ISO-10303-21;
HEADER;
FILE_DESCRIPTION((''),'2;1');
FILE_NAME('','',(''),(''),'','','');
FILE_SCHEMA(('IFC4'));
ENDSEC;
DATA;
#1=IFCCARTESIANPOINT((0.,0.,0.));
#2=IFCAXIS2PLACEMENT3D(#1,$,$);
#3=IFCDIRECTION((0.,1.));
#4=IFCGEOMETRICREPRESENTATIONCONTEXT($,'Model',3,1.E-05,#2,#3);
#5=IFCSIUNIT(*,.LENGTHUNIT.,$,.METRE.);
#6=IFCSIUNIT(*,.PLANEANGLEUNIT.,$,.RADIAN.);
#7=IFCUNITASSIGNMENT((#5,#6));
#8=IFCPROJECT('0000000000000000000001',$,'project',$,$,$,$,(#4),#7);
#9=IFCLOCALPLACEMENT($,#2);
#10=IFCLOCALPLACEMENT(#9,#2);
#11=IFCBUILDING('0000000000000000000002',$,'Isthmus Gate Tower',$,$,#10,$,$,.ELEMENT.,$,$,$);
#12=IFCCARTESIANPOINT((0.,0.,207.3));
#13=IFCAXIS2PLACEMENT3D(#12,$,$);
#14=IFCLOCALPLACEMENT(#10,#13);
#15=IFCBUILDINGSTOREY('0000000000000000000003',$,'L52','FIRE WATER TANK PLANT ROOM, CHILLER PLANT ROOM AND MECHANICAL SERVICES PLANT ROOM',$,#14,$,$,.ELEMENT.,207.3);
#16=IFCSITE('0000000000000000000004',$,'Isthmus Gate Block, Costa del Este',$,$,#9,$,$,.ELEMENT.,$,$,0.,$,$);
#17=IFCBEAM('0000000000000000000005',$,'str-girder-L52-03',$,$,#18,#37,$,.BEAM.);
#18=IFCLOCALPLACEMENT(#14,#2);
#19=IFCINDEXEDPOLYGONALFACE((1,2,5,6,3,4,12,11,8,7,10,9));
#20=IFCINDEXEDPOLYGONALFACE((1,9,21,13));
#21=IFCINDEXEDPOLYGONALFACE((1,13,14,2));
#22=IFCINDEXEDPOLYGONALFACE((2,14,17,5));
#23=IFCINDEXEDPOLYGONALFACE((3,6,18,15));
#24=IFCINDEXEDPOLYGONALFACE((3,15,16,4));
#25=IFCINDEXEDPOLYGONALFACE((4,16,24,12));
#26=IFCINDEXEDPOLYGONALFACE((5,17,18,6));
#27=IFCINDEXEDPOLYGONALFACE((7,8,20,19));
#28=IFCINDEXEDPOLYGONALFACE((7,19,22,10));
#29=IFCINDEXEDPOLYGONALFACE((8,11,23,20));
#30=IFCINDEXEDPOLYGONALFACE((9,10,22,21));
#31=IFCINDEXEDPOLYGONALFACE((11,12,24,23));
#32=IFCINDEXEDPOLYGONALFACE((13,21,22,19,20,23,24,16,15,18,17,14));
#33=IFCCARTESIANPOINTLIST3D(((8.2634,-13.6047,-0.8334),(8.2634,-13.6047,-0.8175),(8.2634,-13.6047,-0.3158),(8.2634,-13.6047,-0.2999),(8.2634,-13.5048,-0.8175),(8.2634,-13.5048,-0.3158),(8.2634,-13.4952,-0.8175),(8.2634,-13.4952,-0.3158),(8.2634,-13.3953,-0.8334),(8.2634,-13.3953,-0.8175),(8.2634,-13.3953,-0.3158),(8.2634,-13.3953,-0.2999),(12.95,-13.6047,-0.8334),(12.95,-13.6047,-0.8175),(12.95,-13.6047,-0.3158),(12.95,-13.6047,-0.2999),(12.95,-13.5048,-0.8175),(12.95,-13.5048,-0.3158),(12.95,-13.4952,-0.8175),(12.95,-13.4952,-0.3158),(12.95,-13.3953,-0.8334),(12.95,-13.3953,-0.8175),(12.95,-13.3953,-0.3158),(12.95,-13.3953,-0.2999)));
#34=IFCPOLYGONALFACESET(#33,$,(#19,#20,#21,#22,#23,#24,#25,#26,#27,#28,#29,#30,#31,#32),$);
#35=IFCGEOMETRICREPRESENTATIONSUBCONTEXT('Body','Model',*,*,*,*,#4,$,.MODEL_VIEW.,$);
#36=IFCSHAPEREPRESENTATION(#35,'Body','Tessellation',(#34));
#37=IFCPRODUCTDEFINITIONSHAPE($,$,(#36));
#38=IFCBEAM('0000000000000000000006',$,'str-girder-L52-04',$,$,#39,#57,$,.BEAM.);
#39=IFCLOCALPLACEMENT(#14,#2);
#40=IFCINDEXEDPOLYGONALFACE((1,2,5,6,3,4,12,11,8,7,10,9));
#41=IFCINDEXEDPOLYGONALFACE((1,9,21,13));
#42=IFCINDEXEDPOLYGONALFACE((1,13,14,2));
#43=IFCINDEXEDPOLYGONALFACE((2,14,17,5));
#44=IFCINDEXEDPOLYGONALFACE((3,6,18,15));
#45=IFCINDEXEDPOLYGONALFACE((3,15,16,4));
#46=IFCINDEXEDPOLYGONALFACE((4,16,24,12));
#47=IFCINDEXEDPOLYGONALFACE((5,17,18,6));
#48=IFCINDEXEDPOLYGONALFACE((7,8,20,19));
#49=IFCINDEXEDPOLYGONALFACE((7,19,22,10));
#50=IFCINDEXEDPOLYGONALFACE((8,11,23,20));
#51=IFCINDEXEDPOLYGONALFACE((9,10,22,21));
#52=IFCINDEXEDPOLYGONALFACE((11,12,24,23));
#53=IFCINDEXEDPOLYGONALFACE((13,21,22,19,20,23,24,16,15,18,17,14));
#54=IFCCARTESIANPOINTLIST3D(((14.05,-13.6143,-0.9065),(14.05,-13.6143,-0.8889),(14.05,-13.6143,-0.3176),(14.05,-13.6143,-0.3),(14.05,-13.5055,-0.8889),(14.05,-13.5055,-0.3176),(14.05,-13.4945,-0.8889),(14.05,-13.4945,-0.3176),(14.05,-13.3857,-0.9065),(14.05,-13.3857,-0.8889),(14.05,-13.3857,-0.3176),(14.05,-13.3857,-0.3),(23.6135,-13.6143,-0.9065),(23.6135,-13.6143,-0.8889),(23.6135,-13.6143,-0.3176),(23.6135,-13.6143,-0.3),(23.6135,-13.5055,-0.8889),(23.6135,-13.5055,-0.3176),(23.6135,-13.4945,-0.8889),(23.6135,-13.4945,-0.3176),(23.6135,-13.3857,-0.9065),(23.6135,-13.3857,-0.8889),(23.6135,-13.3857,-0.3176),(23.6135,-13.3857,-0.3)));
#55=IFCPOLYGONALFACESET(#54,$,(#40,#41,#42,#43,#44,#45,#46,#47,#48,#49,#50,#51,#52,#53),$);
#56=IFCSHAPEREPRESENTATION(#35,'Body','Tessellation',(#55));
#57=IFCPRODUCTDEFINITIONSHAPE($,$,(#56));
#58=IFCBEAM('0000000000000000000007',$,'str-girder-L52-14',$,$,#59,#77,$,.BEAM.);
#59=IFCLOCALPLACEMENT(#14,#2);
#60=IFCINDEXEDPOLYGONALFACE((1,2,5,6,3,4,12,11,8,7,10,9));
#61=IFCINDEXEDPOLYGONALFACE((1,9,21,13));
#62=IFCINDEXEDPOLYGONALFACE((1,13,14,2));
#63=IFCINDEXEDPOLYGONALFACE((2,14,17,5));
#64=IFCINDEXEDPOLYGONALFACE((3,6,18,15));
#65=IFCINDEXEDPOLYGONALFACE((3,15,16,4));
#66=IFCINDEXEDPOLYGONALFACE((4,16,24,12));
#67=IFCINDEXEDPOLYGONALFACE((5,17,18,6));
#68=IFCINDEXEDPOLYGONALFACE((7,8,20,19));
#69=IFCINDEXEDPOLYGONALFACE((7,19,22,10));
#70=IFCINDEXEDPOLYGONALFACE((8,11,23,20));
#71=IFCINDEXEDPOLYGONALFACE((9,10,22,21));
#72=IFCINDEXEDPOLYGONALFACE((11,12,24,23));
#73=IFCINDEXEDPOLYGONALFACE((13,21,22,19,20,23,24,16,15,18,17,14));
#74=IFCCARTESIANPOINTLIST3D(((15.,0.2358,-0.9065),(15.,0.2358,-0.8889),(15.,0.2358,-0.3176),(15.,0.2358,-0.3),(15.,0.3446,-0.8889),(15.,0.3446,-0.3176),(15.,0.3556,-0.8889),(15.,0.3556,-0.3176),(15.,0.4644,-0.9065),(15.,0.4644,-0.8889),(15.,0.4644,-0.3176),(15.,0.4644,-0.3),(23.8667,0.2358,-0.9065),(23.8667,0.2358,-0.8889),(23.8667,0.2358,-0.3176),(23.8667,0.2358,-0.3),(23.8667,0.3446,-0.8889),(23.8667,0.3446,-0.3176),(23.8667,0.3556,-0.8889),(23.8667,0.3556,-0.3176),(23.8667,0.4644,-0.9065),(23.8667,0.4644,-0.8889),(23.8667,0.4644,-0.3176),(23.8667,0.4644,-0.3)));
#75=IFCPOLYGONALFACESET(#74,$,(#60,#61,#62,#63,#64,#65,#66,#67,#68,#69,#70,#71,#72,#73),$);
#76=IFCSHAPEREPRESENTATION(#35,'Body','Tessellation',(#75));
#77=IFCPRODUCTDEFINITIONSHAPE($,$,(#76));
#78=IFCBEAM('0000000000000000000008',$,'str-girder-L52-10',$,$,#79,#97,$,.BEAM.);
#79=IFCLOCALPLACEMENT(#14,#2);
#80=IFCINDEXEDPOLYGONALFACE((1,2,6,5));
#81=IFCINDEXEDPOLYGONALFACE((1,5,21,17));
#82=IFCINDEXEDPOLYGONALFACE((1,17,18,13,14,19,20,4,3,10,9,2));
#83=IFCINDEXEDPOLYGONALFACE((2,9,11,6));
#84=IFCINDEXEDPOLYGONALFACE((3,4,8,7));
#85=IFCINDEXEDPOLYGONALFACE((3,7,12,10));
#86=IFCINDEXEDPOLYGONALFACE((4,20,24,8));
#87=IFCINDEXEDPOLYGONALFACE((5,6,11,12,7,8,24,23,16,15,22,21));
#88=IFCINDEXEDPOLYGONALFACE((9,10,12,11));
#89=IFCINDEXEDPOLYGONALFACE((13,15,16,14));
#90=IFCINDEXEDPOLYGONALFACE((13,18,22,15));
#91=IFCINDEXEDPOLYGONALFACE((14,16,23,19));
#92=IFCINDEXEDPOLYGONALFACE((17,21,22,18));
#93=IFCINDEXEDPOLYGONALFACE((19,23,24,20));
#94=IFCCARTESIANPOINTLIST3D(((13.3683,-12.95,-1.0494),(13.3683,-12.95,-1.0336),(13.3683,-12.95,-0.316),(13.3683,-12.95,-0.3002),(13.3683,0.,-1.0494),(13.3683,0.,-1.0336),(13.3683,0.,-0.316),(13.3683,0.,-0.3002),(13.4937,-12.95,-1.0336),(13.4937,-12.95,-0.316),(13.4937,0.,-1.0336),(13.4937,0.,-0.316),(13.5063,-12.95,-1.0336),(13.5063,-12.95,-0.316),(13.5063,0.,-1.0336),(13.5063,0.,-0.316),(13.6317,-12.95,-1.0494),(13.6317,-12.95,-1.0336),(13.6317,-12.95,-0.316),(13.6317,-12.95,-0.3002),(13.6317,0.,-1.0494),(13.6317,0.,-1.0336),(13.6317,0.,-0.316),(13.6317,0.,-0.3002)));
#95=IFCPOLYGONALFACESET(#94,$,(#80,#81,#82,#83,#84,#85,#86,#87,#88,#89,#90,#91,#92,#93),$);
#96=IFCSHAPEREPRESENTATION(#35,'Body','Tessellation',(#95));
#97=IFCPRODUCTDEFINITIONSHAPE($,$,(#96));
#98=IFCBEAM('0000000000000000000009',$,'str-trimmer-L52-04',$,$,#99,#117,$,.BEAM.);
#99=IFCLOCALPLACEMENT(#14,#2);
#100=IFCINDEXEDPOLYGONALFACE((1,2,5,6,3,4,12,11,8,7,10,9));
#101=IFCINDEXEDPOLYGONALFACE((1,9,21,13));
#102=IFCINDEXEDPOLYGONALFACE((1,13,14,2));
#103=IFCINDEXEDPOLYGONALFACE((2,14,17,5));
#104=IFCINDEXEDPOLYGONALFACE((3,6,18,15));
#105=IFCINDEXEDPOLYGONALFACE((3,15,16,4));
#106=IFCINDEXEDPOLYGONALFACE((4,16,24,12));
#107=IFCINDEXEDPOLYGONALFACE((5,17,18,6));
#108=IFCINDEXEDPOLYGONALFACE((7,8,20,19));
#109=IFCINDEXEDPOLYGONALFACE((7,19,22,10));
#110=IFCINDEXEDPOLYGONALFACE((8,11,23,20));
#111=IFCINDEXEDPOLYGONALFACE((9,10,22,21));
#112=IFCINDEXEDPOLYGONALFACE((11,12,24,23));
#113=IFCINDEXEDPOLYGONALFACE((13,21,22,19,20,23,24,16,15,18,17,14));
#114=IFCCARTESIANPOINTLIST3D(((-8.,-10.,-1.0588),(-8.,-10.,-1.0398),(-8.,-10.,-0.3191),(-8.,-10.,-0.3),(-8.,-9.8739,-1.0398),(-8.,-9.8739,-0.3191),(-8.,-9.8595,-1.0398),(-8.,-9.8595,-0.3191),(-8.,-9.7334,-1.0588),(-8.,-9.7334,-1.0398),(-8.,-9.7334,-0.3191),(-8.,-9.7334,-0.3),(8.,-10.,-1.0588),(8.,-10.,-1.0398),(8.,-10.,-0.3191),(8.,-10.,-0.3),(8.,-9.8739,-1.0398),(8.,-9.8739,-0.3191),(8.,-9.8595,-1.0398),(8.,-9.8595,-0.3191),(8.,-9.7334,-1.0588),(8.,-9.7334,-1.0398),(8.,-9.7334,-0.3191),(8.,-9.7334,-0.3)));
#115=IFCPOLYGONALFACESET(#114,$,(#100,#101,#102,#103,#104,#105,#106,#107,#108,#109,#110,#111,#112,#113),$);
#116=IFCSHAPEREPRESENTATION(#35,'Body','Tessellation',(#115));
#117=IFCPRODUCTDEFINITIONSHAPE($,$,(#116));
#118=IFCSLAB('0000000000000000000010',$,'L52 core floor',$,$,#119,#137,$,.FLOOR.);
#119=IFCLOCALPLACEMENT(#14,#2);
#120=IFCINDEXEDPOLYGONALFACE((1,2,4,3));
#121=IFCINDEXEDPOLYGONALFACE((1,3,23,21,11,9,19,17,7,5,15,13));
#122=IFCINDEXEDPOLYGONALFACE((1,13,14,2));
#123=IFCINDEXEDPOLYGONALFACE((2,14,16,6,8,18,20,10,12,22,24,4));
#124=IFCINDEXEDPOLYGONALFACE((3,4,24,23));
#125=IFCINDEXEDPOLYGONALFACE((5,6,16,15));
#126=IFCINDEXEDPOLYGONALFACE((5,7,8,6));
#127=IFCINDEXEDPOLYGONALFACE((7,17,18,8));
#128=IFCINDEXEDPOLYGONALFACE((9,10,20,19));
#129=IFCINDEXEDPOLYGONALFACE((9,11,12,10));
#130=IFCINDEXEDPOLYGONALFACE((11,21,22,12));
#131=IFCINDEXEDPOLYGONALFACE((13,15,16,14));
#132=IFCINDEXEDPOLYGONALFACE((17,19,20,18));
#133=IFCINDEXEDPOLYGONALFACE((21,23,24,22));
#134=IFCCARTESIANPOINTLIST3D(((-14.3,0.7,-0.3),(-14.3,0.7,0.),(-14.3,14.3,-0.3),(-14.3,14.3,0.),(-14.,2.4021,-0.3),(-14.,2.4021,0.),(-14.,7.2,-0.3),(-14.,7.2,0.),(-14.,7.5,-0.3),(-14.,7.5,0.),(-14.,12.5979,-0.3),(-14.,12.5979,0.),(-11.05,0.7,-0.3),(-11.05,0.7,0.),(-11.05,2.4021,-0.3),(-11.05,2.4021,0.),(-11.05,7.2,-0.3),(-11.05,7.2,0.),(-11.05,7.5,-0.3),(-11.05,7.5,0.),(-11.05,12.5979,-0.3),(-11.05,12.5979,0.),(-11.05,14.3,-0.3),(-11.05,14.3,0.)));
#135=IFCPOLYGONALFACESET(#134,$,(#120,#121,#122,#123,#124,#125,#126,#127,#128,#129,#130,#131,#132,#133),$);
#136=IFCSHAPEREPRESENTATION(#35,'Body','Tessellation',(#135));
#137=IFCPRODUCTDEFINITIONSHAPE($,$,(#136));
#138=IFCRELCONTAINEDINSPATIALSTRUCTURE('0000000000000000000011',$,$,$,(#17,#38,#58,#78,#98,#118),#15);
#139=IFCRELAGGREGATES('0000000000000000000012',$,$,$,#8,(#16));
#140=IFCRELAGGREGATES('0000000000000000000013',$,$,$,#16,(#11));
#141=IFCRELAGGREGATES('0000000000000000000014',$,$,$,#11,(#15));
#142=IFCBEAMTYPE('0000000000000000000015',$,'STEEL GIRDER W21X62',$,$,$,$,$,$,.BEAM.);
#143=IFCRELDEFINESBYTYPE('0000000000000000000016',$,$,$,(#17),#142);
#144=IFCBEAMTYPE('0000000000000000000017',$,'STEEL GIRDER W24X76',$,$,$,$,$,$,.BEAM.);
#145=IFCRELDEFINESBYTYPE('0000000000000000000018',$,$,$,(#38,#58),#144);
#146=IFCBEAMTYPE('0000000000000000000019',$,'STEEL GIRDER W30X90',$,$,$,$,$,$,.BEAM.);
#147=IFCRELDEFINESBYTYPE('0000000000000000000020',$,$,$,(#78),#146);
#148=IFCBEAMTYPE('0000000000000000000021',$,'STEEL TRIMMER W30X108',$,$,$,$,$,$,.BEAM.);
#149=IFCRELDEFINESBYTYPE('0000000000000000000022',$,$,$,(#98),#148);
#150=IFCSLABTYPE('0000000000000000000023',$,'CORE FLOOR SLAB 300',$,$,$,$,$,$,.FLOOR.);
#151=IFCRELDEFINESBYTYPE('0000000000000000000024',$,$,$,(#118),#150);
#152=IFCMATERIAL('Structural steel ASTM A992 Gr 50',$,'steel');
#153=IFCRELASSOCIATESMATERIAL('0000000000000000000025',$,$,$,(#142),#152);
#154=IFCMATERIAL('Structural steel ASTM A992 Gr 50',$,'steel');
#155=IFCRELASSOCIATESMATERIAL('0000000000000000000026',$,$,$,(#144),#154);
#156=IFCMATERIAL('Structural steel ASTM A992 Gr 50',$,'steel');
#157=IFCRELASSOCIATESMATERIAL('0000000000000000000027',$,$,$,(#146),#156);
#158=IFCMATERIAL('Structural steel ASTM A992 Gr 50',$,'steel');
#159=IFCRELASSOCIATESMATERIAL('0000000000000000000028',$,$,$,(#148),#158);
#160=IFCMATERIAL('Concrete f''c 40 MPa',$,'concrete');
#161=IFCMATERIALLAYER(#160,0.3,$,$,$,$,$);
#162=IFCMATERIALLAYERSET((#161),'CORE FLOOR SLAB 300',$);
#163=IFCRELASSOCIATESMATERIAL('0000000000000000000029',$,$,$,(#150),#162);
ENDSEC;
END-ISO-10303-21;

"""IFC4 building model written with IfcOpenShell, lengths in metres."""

from ifc_helpers import new_model, si_unit, direction, frame, origin, origin_2d, place, context, subcontext, project, spatial, polyline, i_section, outline, extrude, material, layer, layer_set, material_profile, profile_set, type_object, element, save


model = new_model("IFC4")

# Units and contexts
model_context = context("Model", 3, precision=1e-05, world=origin(), true_north=direction((0.0, 1.0)))
body_context = subcontext(model_context, "Body", "Model", "MODEL_VIEW")
ifc_project = project(units=[si_unit("LENGTHUNIT", "METRE"), si_unit("PLANEANGLEUNIT", "RADIAN")], contexts=[model_context])

# Site, building, storey
site_placement = place(None, origin())
site = spatial("IfcSite", under=ifc_project, at=site_placement, Name="Isthmus Gate Block, Costa del Este", CompositionType="ELEMENT", RefElevation=0.0)
building_placement = place(site_placement, origin())
building = spatial("IfcBuilding", under=site, at=building_placement, Name="Isthmus Gate Tower", CompositionType="ELEMENT")
storey_placement = place(building_placement, frame((0.0, 0.0, 207.3)))
storey = spatial("IfcBuildingStorey", under=building, at=storey_placement, Name="L52", Description="FIRE WATER TANK PLANT ROOM, CHILLER PLANT ROOM AND MECHANICAL SERVICES PLANT ROOM", CompositionType="ELEMENT", Elevation=207.3)

# Beams
ifc_material_1 = material(Name="Structural steel ASTM A992 Gr 50", Category="steel")
ifc_material_profile_1 = material_profile(ifc_material_1, i_section(OverallWidth=0.2095, OverallDepth=0.5334, WebThickness=0.0095, FlangeThickness=0.0159, at=origin_2d()), Name="W21X62")
ifc_profile_set_1 = profile_set([ifc_material_profile_1], Name="Structural steel ASTM A992 Gr 50")
beam_type_1 = type_object("IfcBeamType", Name="STEEL GIRDER W21X62", PredefinedType="BEAM", material=ifc_profile_set_1)
beam_1_placement = place(storey_placement, frame((8.2634, -13.5, -0.5667), z_axis=(1.0, 0.0, 0.0), x_axis=(0.0, 1.0, 0.0)))
element("IfcBeam", 1, at=beam_1_placement, inside=storey, type_object=beam_type_1, Name="str-girder-L52-03", PredefinedType="BEAM", context=body_context, shape_type="SweptSolid", body=[
    extrude(i_section(OverallWidth=0.2095, OverallDepth=0.5334, WebThickness=0.0095, FlangeThickness=0.0159, at=origin_2d()), origin(), (0.0, 0.0, 1.0), 4.6865),
])
ifc_material_2 = material(Name="Structural steel ASTM A992 Gr 50", Category="steel")
ifc_material_profile_2 = material_profile(ifc_material_2, i_section(OverallWidth=0.2285, OverallDepth=0.6064, WebThickness=0.011, FlangeThickness=0.0176, at=origin_2d()), Name="W24X76")
ifc_profile_set_2 = profile_set([ifc_material_profile_2], Name="Structural steel ASTM A992 Gr 50")
beam_type_2 = type_object("IfcBeamType", Name="STEEL GIRDER W24X76", PredefinedType="BEAM", material=ifc_profile_set_2)
beam_2_placement = place(storey_placement, frame((14.05, -13.5, -0.6033), z_axis=(1.0, 0.0, 0.0), x_axis=(0.0, 1.0, 0.0)))
element("IfcBeam", 2, at=beam_2_placement, inside=storey, type_object=beam_type_2, Name="str-girder-L52-04", PredefinedType="BEAM", context=body_context, shape_type="SweptSolid", body=[
    extrude(i_section(OverallWidth=0.2285, OverallDepth=0.6064, WebThickness=0.011, FlangeThickness=0.0176, at=origin_2d()), origin(), (0.0, 0.0, 1.0), 9.5635),
])
beam_3_placement = place(storey_placement, frame((15.0, 0.3501, -0.6033), z_axis=(1.0, 0.0, 0.0), x_axis=(0.0, 1.0, 0.0)))
element("IfcBeam", 3, at=beam_3_placement, inside=storey, type_object=beam_type_2, Name="str-girder-L52-14", PredefinedType="BEAM", context=body_context, shape_type="SweptSolid", body=[
    extrude(i_section(OverallWidth=0.2285, OverallDepth=0.6064, WebThickness=0.011, FlangeThickness=0.0176, at=origin_2d()), origin(), (0.0, 0.0, 1.0), 8.8667),
])
ifc_material_3 = material(Name="Structural steel ASTM A992 Gr 50", Category="steel")
ifc_material_profile_3 = material_profile(ifc_material_3, i_section(OverallWidth=0.2634, OverallDepth=0.7493, WebThickness=0.0127, FlangeThickness=0.0159, at=origin_2d()), Name="W30X90")
ifc_profile_set_3 = profile_set([ifc_material_profile_3], Name="Structural steel ASTM A992 Gr 50")
beam_type_3 = type_object("IfcBeamType", Name="STEEL GIRDER W30X90", PredefinedType="BEAM", material=ifc_profile_set_3)
beam_4_placement = place(storey_placement, frame((13.5, -12.95, -0.6748), z_axis=(0.0, 1.0, 0.0), x_axis=(-1.0, 0.0, 0.0)))
element("IfcBeam", 4, at=beam_4_placement, inside=storey, type_object=beam_type_3, Name="str-girder-L52-10", PredefinedType="BEAM", context=body_context, shape_type="SweptSolid", body=[
    extrude(i_section(OverallWidth=0.2634, OverallDepth=0.7493, WebThickness=0.0127, FlangeThickness=0.0159, at=origin_2d()), origin(), (0.0, 0.0, 1.0), 12.95),
])
ifc_material_4 = material(Name="Structural steel ASTM A992 Gr 50", Category="steel")
ifc_material_profile_4 = material_profile(ifc_material_4, i_section(OverallWidth=0.2666, OverallDepth=0.7588, WebThickness=0.0144, FlangeThickness=0.019, at=origin_2d()), Name="W30X108")
ifc_profile_set_4 = profile_set([ifc_material_profile_4], Name="Structural steel ASTM A992 Gr 50")
beam_type_4 = type_object("IfcBeamType", Name="STEEL TRIMMER W30X108", PredefinedType="BEAM", material=ifc_profile_set_4)
beam_5_placement = place(storey_placement, frame((8.0, -9.8667, -0.6794), z_axis=(-1.0, 0.0, 0.0), x_axis=(0.0, -1.0, 0.0)))
element("IfcBeam", 5, at=beam_5_placement, inside=storey, type_object=beam_type_4, Name="str-trimmer-L52-04", PredefinedType="BEAM", context=body_context, shape_type="SweptSolid", body=[
    extrude(i_section(OverallWidth=0.2666, OverallDepth=0.7588, WebThickness=0.0144, FlangeThickness=0.019, at=origin_2d()), origin(), (0.0, 0.0, 1.0), 16.0),
])

# Slab
ifc_material_5 = material(Name="Concrete f'c 40 MPa", Category="concrete")
ifc_layer_1 = layer(ifc_material_5, 0.3)
ifc_layer_set_1 = layer_set([ifc_layer_1], Name="CORE FLOOR SLAB 300")
slab_type_1 = type_object("IfcSlabType", Name="CORE FLOOR SLAB 300", PredefinedType="FLOOR", material=ifc_layer_set_1)
slab_1_placement = place(storey_placement, frame((0.0, 0.0, -0.3)))
element("IfcSlab", 6, at=slab_1_placement, inside=storey, type_object=slab_type_1, Name="L52 core floor", PredefinedType="FLOOR", context=body_context, shape_type="SweptSolid", body=[
    extrude(outline(polyline([(-11.05, 0.7), (-11.05, 2.4021), (-14.0, 2.4021), (-14.0, 7.2), (-11.05, 7.2), (-11.05, 7.5), (-14.0, 7.5), (-14.0, 12.5979), (-11.05, 12.5979), (-11.05, 14.3), (-14.3, 14.3), (-14.3, 0.7), (-11.05, 0.7)])), origin(), (0.0, 0.0, 1.0), 0.3),
])

save(model, "model.ifc")
